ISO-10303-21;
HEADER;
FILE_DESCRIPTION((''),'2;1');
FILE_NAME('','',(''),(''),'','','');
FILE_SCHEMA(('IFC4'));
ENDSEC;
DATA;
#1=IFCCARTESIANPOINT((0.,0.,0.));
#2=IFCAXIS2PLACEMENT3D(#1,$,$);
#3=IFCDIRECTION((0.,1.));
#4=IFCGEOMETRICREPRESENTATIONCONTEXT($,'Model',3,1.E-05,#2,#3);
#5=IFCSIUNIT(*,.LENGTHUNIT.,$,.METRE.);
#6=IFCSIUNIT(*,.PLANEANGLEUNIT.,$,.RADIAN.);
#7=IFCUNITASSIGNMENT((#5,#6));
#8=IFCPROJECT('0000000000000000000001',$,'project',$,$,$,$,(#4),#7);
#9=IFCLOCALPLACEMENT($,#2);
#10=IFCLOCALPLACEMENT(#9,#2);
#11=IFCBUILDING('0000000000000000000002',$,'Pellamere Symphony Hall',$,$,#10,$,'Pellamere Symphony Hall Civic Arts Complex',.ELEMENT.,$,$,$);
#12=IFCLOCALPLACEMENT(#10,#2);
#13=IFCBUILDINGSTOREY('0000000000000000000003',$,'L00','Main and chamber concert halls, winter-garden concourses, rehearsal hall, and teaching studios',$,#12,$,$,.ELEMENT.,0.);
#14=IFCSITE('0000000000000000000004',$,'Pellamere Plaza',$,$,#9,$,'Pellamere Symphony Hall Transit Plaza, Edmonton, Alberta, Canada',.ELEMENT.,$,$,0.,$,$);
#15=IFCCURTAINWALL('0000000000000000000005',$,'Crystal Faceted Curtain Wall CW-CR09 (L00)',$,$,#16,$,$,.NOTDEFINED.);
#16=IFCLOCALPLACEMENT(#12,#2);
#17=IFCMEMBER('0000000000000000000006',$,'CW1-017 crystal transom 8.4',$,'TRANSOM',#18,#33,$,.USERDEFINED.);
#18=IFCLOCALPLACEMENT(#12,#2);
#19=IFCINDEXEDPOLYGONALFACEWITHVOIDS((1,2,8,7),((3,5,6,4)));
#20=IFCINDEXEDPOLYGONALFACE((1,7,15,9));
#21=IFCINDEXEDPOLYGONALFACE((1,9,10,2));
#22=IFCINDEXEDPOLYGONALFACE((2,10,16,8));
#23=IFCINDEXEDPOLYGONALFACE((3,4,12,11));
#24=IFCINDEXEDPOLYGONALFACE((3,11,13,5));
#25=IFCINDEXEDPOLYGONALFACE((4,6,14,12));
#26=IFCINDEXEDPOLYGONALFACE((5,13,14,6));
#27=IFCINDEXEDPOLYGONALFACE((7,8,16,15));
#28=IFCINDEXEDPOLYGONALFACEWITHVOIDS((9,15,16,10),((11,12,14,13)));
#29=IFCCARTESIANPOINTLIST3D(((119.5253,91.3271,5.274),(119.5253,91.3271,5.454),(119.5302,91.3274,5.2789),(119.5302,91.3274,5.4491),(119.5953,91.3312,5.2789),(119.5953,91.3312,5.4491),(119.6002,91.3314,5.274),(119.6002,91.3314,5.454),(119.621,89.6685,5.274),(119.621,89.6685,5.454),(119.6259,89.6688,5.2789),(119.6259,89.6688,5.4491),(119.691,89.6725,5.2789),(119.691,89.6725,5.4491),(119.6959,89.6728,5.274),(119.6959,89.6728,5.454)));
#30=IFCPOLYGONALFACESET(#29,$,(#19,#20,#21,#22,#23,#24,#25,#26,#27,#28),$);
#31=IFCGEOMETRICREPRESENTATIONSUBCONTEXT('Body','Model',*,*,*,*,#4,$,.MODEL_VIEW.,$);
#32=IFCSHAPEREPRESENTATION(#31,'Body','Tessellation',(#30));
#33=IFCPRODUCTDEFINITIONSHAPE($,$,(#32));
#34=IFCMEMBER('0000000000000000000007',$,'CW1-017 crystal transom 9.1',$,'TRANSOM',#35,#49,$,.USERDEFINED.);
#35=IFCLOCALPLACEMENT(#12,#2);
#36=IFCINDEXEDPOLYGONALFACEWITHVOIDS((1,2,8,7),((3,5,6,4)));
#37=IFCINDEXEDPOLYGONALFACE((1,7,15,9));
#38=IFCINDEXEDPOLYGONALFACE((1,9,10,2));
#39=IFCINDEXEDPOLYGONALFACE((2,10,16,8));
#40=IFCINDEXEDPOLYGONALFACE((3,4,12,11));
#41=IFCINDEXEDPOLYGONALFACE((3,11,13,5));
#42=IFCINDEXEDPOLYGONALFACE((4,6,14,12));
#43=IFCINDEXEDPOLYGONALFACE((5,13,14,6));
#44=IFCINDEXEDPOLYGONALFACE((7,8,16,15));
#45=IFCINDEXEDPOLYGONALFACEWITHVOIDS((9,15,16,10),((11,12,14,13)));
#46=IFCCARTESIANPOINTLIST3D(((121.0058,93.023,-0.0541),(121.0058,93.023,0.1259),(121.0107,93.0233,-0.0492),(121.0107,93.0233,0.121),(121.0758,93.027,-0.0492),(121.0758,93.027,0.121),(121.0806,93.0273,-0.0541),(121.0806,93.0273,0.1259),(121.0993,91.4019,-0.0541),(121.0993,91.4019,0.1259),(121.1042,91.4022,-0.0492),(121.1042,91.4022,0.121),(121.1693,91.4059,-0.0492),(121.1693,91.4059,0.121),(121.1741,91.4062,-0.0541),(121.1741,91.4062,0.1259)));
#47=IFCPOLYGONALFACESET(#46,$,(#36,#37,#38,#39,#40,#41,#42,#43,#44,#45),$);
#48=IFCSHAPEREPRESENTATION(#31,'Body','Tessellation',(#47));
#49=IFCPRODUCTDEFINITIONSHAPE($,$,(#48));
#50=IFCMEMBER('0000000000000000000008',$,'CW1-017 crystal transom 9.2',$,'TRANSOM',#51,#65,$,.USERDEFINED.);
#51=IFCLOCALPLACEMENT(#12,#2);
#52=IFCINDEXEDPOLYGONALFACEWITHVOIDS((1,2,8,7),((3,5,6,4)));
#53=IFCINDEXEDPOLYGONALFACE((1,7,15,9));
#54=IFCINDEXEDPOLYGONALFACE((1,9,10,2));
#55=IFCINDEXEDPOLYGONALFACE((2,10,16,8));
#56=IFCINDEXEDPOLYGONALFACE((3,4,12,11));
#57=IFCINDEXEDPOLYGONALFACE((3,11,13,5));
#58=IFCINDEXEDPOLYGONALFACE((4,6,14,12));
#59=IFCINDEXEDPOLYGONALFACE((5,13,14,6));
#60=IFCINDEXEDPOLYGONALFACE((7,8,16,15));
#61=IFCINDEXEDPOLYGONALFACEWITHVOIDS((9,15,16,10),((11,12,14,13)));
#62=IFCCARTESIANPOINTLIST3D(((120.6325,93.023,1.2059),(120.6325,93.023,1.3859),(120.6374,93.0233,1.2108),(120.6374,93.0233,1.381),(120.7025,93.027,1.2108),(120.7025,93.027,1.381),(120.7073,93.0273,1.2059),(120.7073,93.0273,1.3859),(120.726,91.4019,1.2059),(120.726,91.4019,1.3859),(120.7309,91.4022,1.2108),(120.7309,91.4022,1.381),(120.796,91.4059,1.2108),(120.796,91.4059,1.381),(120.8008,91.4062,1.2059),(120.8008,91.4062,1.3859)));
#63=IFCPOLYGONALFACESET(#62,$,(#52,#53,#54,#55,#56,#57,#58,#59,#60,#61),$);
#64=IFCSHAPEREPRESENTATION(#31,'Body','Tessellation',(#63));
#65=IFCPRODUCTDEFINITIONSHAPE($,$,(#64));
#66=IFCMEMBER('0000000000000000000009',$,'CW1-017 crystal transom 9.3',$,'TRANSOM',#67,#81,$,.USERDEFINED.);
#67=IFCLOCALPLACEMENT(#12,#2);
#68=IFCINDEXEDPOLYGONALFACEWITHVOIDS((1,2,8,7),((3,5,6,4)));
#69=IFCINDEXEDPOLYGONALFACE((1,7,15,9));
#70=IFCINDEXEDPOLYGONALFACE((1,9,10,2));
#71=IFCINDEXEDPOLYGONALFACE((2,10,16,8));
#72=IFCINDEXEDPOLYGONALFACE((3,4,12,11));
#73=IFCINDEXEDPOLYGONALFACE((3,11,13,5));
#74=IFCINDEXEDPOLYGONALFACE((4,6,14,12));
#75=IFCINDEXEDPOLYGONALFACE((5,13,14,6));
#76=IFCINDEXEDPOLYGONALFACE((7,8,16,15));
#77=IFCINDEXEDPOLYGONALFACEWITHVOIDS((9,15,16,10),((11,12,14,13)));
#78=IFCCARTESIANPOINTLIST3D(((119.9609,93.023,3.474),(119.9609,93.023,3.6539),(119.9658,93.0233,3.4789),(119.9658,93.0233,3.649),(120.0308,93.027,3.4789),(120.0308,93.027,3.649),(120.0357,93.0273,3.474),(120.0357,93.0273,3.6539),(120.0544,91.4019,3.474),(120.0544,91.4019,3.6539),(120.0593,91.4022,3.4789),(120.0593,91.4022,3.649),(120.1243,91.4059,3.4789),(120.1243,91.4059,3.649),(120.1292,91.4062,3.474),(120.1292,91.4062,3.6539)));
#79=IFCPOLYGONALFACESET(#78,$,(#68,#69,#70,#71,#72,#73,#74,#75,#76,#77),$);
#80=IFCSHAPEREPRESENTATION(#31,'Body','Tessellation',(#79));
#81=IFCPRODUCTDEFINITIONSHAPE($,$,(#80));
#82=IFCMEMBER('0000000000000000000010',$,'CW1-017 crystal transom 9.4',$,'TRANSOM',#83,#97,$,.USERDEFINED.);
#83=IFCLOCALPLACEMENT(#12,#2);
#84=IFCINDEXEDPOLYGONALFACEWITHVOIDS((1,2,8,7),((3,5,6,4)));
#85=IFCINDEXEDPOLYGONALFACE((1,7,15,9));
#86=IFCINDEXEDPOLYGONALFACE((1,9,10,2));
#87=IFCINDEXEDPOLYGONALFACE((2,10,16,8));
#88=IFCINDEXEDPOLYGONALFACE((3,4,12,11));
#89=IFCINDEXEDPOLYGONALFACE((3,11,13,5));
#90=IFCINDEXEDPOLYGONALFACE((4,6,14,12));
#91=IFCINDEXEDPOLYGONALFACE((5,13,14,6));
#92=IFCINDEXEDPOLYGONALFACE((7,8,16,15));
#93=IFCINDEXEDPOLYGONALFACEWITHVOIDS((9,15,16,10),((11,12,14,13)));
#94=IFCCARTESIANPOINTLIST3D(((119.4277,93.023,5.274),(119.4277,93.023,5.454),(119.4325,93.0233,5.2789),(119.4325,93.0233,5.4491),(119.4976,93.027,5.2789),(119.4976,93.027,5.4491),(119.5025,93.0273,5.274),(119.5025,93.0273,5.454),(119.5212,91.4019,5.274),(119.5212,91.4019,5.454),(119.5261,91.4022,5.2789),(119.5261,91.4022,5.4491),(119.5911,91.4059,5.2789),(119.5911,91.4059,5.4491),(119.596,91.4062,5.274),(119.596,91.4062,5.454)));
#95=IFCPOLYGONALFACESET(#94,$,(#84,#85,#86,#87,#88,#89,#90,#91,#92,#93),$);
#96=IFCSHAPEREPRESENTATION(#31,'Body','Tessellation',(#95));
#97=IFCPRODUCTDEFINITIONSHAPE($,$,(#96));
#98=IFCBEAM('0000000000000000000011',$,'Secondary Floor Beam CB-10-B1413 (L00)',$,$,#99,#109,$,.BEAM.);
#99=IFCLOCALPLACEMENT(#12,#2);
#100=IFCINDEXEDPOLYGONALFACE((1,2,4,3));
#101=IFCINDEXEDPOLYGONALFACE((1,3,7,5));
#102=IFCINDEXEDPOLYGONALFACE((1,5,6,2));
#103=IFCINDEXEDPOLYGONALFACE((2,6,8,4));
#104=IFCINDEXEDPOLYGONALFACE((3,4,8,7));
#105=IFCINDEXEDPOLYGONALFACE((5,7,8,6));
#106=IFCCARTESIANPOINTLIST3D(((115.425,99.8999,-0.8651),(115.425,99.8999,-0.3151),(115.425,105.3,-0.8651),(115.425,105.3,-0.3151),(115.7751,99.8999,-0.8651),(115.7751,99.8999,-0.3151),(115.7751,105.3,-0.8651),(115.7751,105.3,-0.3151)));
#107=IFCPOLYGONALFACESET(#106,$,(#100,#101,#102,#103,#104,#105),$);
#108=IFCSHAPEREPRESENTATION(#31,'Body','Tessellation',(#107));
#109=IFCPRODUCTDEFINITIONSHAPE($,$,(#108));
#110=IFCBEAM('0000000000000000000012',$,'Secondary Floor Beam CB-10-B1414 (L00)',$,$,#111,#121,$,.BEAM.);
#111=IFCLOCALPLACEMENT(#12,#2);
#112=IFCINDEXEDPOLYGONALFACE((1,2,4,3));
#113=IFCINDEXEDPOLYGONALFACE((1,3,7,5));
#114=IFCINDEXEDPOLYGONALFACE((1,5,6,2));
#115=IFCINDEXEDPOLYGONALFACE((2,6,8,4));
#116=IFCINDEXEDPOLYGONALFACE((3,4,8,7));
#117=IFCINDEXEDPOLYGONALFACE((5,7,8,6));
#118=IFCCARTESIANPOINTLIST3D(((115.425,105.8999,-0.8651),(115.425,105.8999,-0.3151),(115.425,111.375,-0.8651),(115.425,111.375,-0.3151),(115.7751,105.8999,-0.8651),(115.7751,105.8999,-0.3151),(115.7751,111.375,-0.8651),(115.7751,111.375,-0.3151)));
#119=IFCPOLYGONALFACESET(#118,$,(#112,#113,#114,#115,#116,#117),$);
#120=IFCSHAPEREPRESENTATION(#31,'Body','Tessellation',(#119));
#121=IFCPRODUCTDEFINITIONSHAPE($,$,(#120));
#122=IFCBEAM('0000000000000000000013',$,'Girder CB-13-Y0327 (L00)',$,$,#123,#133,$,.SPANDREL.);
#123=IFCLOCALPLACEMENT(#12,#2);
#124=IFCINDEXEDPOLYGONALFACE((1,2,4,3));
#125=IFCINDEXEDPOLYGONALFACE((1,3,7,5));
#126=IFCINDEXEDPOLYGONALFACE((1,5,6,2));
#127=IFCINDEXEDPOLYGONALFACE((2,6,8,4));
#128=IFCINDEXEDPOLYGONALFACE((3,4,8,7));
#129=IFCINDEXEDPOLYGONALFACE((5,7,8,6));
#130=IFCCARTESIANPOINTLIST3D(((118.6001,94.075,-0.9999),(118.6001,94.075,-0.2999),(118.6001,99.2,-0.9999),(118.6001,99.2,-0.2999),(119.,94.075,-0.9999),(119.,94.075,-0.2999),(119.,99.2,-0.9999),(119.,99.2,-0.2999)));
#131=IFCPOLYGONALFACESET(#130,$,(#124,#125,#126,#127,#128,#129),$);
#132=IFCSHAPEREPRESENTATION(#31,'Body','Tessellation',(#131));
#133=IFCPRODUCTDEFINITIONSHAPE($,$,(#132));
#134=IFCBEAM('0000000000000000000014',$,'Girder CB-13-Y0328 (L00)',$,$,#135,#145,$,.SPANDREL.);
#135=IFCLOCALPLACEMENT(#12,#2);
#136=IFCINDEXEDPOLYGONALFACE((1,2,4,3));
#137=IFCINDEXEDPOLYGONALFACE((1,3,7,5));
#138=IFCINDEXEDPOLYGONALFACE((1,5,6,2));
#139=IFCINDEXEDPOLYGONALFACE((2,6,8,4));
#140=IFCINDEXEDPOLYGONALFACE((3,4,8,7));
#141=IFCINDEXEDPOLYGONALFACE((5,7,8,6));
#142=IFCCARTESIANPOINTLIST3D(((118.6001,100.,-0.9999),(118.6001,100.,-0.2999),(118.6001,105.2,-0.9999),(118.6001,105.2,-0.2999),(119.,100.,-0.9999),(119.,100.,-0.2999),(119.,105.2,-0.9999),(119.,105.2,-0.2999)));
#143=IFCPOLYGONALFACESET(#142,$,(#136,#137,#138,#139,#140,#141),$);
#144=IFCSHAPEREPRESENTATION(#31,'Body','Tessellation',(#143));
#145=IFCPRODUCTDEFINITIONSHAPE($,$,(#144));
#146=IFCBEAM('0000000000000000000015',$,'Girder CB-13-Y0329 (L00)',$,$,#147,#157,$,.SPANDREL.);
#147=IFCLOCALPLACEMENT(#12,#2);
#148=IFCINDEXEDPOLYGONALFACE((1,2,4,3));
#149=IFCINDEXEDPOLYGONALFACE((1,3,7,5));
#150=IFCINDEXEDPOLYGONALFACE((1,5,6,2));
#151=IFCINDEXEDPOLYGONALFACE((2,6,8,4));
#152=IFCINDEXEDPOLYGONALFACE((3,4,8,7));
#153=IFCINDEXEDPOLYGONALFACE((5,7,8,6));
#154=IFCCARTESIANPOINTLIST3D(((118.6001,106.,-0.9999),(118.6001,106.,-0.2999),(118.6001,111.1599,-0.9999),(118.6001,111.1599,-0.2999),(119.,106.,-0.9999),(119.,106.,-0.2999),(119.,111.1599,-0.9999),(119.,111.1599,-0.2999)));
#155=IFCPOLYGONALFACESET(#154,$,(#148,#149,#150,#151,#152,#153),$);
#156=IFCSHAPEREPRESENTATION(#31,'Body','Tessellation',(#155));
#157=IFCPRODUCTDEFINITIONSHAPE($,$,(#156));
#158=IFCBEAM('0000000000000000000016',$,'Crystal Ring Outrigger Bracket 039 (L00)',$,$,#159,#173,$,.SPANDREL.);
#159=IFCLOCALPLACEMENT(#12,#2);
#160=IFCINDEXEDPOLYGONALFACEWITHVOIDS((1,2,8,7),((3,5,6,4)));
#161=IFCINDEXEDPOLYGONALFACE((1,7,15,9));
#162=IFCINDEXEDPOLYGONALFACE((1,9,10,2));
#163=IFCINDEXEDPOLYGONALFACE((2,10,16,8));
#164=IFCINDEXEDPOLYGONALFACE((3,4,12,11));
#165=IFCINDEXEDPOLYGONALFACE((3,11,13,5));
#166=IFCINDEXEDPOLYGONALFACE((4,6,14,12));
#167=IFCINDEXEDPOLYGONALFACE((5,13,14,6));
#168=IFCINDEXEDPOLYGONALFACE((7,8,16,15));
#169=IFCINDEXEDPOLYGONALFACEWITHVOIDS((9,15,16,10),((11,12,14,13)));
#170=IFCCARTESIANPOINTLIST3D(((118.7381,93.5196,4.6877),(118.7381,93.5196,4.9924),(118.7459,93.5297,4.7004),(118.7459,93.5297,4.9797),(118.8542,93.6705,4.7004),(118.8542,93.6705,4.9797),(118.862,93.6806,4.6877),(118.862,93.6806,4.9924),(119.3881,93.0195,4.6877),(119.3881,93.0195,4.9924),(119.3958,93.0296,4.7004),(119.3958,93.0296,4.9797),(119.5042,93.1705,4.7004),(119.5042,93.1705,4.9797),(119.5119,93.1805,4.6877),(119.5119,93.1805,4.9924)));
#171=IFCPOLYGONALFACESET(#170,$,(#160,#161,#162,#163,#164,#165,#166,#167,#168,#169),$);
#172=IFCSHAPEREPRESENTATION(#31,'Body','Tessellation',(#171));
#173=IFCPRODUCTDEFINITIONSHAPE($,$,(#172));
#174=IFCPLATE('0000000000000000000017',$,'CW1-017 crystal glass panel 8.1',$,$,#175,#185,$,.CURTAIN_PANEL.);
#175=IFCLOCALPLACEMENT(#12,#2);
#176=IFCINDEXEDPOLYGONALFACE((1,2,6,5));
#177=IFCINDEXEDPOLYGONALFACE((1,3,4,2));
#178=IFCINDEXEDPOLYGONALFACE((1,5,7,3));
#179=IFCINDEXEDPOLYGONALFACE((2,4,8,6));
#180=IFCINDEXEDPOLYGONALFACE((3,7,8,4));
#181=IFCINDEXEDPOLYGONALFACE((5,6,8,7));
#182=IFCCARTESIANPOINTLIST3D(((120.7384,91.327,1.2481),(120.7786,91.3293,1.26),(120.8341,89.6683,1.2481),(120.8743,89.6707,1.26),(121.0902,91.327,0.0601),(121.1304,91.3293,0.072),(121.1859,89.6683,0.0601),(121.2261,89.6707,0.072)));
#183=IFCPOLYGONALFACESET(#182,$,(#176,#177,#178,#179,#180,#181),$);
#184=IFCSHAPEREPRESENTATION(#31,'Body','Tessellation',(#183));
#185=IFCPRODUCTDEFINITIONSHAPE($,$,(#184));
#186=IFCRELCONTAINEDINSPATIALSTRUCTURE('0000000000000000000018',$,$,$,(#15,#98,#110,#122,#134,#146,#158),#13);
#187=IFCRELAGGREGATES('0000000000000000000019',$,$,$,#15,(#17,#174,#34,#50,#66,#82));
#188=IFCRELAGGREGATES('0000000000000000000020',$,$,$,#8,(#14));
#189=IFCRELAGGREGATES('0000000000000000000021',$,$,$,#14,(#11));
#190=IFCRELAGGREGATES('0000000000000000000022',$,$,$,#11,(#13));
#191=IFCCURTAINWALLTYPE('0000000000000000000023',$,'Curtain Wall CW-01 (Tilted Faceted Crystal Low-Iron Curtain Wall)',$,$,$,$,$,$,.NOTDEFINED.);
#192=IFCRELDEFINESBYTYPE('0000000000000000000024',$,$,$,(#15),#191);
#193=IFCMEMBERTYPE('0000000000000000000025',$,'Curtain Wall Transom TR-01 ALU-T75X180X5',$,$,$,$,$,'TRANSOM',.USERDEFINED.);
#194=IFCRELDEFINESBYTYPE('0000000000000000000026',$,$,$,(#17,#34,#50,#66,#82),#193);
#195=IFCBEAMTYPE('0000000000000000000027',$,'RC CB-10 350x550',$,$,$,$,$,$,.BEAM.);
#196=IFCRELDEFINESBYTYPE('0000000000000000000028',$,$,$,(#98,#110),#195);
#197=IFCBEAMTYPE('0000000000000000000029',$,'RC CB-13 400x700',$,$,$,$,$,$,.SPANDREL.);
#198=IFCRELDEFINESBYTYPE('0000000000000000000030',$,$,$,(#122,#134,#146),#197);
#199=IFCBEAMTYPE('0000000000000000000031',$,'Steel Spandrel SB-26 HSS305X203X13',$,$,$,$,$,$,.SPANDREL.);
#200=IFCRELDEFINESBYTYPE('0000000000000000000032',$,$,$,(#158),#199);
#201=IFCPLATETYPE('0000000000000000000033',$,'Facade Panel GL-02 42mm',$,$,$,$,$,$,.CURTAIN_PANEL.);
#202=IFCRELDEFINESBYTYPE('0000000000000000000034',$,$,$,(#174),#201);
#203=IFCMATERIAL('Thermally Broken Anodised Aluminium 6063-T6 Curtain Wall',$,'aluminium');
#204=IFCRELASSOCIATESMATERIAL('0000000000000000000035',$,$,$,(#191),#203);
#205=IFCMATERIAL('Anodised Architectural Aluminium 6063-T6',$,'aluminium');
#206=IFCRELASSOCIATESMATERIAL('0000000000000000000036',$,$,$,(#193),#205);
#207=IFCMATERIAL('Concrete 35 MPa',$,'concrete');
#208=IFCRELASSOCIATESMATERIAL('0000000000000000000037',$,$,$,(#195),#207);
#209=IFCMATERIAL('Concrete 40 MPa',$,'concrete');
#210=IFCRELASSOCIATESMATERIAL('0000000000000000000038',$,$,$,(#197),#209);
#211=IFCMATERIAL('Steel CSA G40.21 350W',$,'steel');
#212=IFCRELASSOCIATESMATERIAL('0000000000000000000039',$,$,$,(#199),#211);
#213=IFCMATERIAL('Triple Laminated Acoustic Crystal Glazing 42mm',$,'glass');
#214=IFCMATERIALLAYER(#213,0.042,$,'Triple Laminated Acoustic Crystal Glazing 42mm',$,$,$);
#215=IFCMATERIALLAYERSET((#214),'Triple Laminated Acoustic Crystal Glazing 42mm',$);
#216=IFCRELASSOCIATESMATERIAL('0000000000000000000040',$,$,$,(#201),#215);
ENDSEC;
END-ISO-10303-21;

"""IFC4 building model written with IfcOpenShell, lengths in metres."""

from ifc_helpers import new_model, si_unit, direction, frame, origin, origin_2d, place, context, subcontext, project, spatial, polyline, rectangle, hollow_rectangle, outline, extrude, material, layer, layer_set, material_profile, profile_set, type_object, element, aggregate, save


model = new_model("IFC4")

# Units and contexts
model_context = context("Model", 3, precision=1e-05, world=origin(), true_north=direction((0.0, 1.0)))
body_context = subcontext(model_context, "Body", "Model", "MODEL_VIEW")
ifc_project = project(units=[si_unit("LENGTHUNIT", "METRE"), si_unit("PLANEANGLEUNIT", "RADIAN")], contexts=[model_context])

# Site, building, storey
site_placement = place(None, origin())
site = spatial("IfcSite", under=ifc_project, at=site_placement, Name="Pellamere Plaza", LongName="Pellamere Symphony Hall Transit Plaza, Edmonton, Alberta, Canada", CompositionType="ELEMENT", RefElevation=0.0)
building_placement = place(site_placement, origin())
building = spatial("IfcBuilding", under=site, at=building_placement, Name="Pellamere Symphony Hall", LongName="Pellamere Symphony Hall Civic Arts Complex", CompositionType="ELEMENT")
storey_placement = place(building_placement, origin())
storey = spatial("IfcBuildingStorey", under=building, at=storey_placement, Name="L00", Description="Main and chamber concert halls, winter-garden concourses, rehearsal hall, and teaching studios", CompositionType="ELEMENT", Elevation=0.0)

# Shared definitions
ifc_material_1 = material(Name="Concrete 40 MPa", Category="concrete")

# Curtain wall, members
ifc_material_2 = material(Name="Thermally Broken Anodised Aluminium 6063-T6 Curtain Wall", Category="aluminium")
curtain_wall_type = type_object("IfcCurtainWallType", Name="Curtain Wall CW-01 (Tilted Faceted Crystal Low-Iron Curtain Wall)", PredefinedType="NOTDEFINED", material=ifc_material_2)
curtain_wall_placement = place(storey_placement, origin())
curtain_wall = element("IfcCurtainWall", 1, at=curtain_wall_placement, inside=storey, type_object=curtain_wall_type, Name="Crystal Faceted Curtain Wall CW-CR09 (L00)", PredefinedType="NOTDEFINED")
ifc_material_3 = material(Name="Anodised Architectural Aluminium 6063-T6", Category="aluminium")
ifc_material_profile_1 = material_profile(ifc_material_3, hollow_rectangle(XDim=0.075, YDim=0.1799, WallThickness=0.0049, at=origin_2d()), Name="ALU-T75X180X5")
ifc_profile_set_1 = profile_set([ifc_material_profile_1], Name="Anodised Architectural Aluminium 6063-T6")
member_type_1 = type_object("IfcMemberType", Name="Curtain Wall Transom TR-01 ALU-T75X180X5", ElementType="TRANSOM", PredefinedType="USERDEFINED", material=ifc_profile_set_1)
member_1_placement = place(storey_placement, frame((119.6584, 89.6707, 5.364), z_axis=(-0.057602, 0.99834, 0.0), x_axis=(-0.99834, -0.057602, 0.0)))
member_1 = element("IfcMember", 2, at=member_1_placement, type_object=member_type_1, Name="CW1-017 crystal transom 8.4", ObjectType="TRANSOM", PredefinedType="USERDEFINED", context=body_context, shape_type="SweptSolid", body=[
    extrude(hollow_rectangle(XDim=0.075, YDim=0.1799, WallThickness=0.0049, at=origin_2d()), origin(), (0.0, 0.0, 1.0), 1.6614),
])
member_2_placement = place(storey_placement, frame((121.1367, 91.4041, 0.0359), z_axis=(-0.057585, 0.998341, 0.0), x_axis=(-0.998341, -0.057585, 0.0)))
member_2 = element("IfcMember", 3, at=member_2_placement, type_object=member_type_1, Name="CW1-017 crystal transom 9.1", ObjectType="TRANSOM", PredefinedType="USERDEFINED", context=body_context, shape_type="SweptSolid", body=[
    extrude(hollow_rectangle(XDim=0.075, YDim=0.1799, WallThickness=0.0049, at=origin_2d()), origin(), (0.0, 0.0, 1.0), 1.6238),
])
member_3_placement = place(storey_placement, frame((120.7634, 91.4041, 1.2959), z_axis=(-0.057585, 0.998341, 0.0), x_axis=(-0.998341, -0.057585, 0.0)))
member_3 = element("IfcMember", 4, at=member_3_placement, type_object=member_type_1, Name="CW1-017 crystal transom 9.2", ObjectType="TRANSOM", PredefinedType="USERDEFINED", context=body_context, shape_type="SweptSolid", body=[
    extrude(hollow_rectangle(XDim=0.075, YDim=0.1799, WallThickness=0.0049, at=origin_2d()), origin(), (0.0, 0.0, 1.0), 1.6238),
])
member_4_placement = place(storey_placement, frame((120.0918, 91.4041, 3.564), z_axis=(-0.057585, 0.998341, 0.0), x_axis=(-0.998341, -0.057585, 0.0)))
member_4 = element("IfcMember", 5, at=member_4_placement, type_object=member_type_1, Name="CW1-017 crystal transom 9.3", ObjectType="TRANSOM", PredefinedType="USERDEFINED", context=body_context, shape_type="SweptSolid", body=[
    extrude(hollow_rectangle(XDim=0.075, YDim=0.1799, WallThickness=0.0049, at=origin_2d()), origin(), (0.0, 0.0, 1.0), 1.6238),
])
member_5_placement = place(storey_placement, frame((119.5586, 91.4041, 5.364), z_axis=(-0.057585, 0.998341, 0.0), x_axis=(-0.998341, -0.057585, 0.0)))
member_5 = element("IfcMember", 6, at=member_5_placement, type_object=member_type_1, Name="CW1-017 crystal transom 9.4", ObjectType="TRANSOM", PredefinedType="USERDEFINED", context=body_context, shape_type="SweptSolid", body=[
    extrude(hollow_rectangle(XDim=0.075, YDim=0.1799, WallThickness=0.0049, at=origin_2d()), origin(), (0.0, 0.0, 1.0), 1.6238),
])

# Beams
ifc_material_4 = material(Name="Concrete 35 MPa", Category="concrete")
ifc_material_profile_2 = material_profile(ifc_material_4, rectangle(XDim=0.3501, YDim=0.55, at=origin_2d()), Name="RC 350x550")
ifc_profile_set_2 = profile_set([ifc_material_profile_2], Name="Concrete 35 MPa")
beam_type_1 = type_object("IfcBeamType", Name="RC CB-10 350x550", PredefinedType="BEAM", material=ifc_profile_set_2)
beam_1_placement = place(storey_placement, frame((115.6001, 99.8999, -0.5901), z_axis=(0.0, 1.0, 0.0), x_axis=(-1.0, 0.0, 0.0)))
element("IfcBeam", 7, at=beam_1_placement, inside=storey, type_object=beam_type_1, Name="Secondary Floor Beam CB-10-B1413 (L00)", PredefinedType="BEAM", context=body_context, shape_type="SweptSolid", body=[
    extrude(rectangle(XDim=0.3501, YDim=0.55, at=origin_2d()), origin(), (0.0, 0.0, 1.0), 5.4001),
])
beam_2_placement = place(storey_placement, frame((115.6001, 105.8999, -0.5901), z_axis=(0.0, 1.0, 0.0), x_axis=(-1.0, 0.0, 0.0)))
element("IfcBeam", 8, at=beam_2_placement, inside=storey, type_object=beam_type_1, Name="Secondary Floor Beam CB-10-B1414 (L00)", PredefinedType="BEAM", context=body_context, shape_type="SweptSolid", body=[
    extrude(rectangle(XDim=0.3501, YDim=0.55, at=origin_2d()), origin(), (0.0, 0.0, 1.0), 5.4751),
])
ifc_material_profile_3 = material_profile(ifc_material_1, rectangle(XDim=0.3999, YDim=0.7, at=origin_2d()), Name="RC 400x700")
ifc_profile_set_3 = profile_set([ifc_material_profile_3], Name="Concrete 40 MPa")
beam_type_2 = type_object("IfcBeamType", Name="RC CB-13 400x700", PredefinedType="SPANDREL", material=ifc_profile_set_3)
beam_3_placement = place(storey_placement, frame((118.8, 94.075, -0.6499), z_axis=(0.0, 1.0, 0.0), x_axis=(-1.0, 0.0, 0.0)))
element("IfcBeam", 9, at=beam_3_placement, inside=storey, type_object=beam_type_2, Name="Girder CB-13-Y0327 (L00)", PredefinedType="SPANDREL", context=body_context, shape_type="SweptSolid", body=[
    extrude(rectangle(XDim=0.3999, YDim=0.7, at=origin_2d()), origin(), (0.0, 0.0, 1.0), 5.125),
])
beam_4_placement = place(storey_placement, frame((118.8, 100.0, -0.6499), z_axis=(0.0, 1.0, 0.0), x_axis=(-1.0, 0.0, 0.0)))
element("IfcBeam", 10, at=beam_4_placement, inside=storey, type_object=beam_type_2, Name="Girder CB-13-Y0328 (L00)", PredefinedType="SPANDREL", context=body_context, shape_type="SweptSolid", body=[
    extrude(rectangle(XDim=0.3999, YDim=0.7, at=origin_2d()), origin(), (0.0, 0.0, 1.0), 5.2),
])
beam_5_placement = place(storey_placement, frame((118.8, 106.0, -0.6499), z_axis=(0.0, 1.0, 0.0), x_axis=(-1.0, 0.0, 0.0)))
element("IfcBeam", 11, at=beam_5_placement, inside=storey, type_object=beam_type_2, Name="Girder CB-13-Y0329 (L00)", PredefinedType="SPANDREL", context=body_context, shape_type="SweptSolid", body=[
    extrude(rectangle(XDim=0.3999, YDim=0.7, at=origin_2d()), origin(), (0.0, 0.0, 1.0), 5.1599),
])
ifc_material_5 = material(Name="Steel CSA G40.21 350W", Category="steel")
ifc_material_profile_4 = material_profile(ifc_material_5, hollow_rectangle(XDim=0.2031, YDim=0.3047, WallThickness=0.0127, at=origin_2d()), Name="HSS305X203X13")
ifc_profile_set_4 = profile_set([ifc_material_profile_4], Name="Steel CSA G40.21 350W")
beam_type_3 = type_object("IfcBeamType", Name="Steel Spandrel SB-26 HSS305X203X13", PredefinedType="SPANDREL", material=ifc_profile_set_4)
beam_6_placement = place(storey_placement, frame((118.8, 93.6001, 4.8401), z_axis=(0.79258, -0.609768, 0.0), x_axis=(0.609768, 0.79258, 0.0)))
element("IfcBeam", 12, at=beam_6_placement, inside=storey, type_object=beam_type_3, Name="Crystal Ring Outrigger Bracket 039 (L00)", PredefinedType="SPANDREL", context=body_context, shape_type="SweptSolid", body=[
    extrude(hollow_rectangle(XDim=0.2031, YDim=0.3047, WallThickness=0.0127, at=origin_2d()), origin(), (0.0, 0.0, 1.0), 0.8201),
])

# Plate
ifc_material_6 = material(Name="Triple Laminated Acoustic Crystal Glazing 42mm", Category="glass")
ifc_layer_1 = layer(ifc_material_6, 0.042, Name="Triple Laminated Acoustic Crystal Glazing 42mm")
ifc_layer_set_1 = layer_set([ifc_layer_1], Name="Triple Laminated Acoustic Crystal Glazing 42mm")
plate_type_1 = type_object("IfcPlateType", Name="Facade Panel GL-02 42mm", PredefinedType="CURTAIN_PANEL", material=ifc_layer_set_1)
plate_1_placement = place(storey_placement, frame((121.2261, 89.6707, 0.072), z_axis=(0.957376, 0.055239, 0.283514), x_axis=(-0.057602, 0.99834, 0.0)))
plate_1 = element("IfcPlate", 13, at=plate_1_placement, type_object=plate_type_1, Name="CW1-017 crystal glass panel 8.1", PredefinedType="CURTAIN_PANEL", context=body_context, shape_type="SweptSolid", body=[
    extrude(outline(polyline([(0.0, 0.0), (1.6615, 0.0), (1.6817, 1.2388), (0.0203, 1.2388), (0.0, 0.0)])), origin(), (0.0, 0.0, -1.0), 0.042),
])
aggregate(curtain_wall, [member_1, plate_1, member_2, member_3, member_4, member_5])

save(model, "model.ifc")
